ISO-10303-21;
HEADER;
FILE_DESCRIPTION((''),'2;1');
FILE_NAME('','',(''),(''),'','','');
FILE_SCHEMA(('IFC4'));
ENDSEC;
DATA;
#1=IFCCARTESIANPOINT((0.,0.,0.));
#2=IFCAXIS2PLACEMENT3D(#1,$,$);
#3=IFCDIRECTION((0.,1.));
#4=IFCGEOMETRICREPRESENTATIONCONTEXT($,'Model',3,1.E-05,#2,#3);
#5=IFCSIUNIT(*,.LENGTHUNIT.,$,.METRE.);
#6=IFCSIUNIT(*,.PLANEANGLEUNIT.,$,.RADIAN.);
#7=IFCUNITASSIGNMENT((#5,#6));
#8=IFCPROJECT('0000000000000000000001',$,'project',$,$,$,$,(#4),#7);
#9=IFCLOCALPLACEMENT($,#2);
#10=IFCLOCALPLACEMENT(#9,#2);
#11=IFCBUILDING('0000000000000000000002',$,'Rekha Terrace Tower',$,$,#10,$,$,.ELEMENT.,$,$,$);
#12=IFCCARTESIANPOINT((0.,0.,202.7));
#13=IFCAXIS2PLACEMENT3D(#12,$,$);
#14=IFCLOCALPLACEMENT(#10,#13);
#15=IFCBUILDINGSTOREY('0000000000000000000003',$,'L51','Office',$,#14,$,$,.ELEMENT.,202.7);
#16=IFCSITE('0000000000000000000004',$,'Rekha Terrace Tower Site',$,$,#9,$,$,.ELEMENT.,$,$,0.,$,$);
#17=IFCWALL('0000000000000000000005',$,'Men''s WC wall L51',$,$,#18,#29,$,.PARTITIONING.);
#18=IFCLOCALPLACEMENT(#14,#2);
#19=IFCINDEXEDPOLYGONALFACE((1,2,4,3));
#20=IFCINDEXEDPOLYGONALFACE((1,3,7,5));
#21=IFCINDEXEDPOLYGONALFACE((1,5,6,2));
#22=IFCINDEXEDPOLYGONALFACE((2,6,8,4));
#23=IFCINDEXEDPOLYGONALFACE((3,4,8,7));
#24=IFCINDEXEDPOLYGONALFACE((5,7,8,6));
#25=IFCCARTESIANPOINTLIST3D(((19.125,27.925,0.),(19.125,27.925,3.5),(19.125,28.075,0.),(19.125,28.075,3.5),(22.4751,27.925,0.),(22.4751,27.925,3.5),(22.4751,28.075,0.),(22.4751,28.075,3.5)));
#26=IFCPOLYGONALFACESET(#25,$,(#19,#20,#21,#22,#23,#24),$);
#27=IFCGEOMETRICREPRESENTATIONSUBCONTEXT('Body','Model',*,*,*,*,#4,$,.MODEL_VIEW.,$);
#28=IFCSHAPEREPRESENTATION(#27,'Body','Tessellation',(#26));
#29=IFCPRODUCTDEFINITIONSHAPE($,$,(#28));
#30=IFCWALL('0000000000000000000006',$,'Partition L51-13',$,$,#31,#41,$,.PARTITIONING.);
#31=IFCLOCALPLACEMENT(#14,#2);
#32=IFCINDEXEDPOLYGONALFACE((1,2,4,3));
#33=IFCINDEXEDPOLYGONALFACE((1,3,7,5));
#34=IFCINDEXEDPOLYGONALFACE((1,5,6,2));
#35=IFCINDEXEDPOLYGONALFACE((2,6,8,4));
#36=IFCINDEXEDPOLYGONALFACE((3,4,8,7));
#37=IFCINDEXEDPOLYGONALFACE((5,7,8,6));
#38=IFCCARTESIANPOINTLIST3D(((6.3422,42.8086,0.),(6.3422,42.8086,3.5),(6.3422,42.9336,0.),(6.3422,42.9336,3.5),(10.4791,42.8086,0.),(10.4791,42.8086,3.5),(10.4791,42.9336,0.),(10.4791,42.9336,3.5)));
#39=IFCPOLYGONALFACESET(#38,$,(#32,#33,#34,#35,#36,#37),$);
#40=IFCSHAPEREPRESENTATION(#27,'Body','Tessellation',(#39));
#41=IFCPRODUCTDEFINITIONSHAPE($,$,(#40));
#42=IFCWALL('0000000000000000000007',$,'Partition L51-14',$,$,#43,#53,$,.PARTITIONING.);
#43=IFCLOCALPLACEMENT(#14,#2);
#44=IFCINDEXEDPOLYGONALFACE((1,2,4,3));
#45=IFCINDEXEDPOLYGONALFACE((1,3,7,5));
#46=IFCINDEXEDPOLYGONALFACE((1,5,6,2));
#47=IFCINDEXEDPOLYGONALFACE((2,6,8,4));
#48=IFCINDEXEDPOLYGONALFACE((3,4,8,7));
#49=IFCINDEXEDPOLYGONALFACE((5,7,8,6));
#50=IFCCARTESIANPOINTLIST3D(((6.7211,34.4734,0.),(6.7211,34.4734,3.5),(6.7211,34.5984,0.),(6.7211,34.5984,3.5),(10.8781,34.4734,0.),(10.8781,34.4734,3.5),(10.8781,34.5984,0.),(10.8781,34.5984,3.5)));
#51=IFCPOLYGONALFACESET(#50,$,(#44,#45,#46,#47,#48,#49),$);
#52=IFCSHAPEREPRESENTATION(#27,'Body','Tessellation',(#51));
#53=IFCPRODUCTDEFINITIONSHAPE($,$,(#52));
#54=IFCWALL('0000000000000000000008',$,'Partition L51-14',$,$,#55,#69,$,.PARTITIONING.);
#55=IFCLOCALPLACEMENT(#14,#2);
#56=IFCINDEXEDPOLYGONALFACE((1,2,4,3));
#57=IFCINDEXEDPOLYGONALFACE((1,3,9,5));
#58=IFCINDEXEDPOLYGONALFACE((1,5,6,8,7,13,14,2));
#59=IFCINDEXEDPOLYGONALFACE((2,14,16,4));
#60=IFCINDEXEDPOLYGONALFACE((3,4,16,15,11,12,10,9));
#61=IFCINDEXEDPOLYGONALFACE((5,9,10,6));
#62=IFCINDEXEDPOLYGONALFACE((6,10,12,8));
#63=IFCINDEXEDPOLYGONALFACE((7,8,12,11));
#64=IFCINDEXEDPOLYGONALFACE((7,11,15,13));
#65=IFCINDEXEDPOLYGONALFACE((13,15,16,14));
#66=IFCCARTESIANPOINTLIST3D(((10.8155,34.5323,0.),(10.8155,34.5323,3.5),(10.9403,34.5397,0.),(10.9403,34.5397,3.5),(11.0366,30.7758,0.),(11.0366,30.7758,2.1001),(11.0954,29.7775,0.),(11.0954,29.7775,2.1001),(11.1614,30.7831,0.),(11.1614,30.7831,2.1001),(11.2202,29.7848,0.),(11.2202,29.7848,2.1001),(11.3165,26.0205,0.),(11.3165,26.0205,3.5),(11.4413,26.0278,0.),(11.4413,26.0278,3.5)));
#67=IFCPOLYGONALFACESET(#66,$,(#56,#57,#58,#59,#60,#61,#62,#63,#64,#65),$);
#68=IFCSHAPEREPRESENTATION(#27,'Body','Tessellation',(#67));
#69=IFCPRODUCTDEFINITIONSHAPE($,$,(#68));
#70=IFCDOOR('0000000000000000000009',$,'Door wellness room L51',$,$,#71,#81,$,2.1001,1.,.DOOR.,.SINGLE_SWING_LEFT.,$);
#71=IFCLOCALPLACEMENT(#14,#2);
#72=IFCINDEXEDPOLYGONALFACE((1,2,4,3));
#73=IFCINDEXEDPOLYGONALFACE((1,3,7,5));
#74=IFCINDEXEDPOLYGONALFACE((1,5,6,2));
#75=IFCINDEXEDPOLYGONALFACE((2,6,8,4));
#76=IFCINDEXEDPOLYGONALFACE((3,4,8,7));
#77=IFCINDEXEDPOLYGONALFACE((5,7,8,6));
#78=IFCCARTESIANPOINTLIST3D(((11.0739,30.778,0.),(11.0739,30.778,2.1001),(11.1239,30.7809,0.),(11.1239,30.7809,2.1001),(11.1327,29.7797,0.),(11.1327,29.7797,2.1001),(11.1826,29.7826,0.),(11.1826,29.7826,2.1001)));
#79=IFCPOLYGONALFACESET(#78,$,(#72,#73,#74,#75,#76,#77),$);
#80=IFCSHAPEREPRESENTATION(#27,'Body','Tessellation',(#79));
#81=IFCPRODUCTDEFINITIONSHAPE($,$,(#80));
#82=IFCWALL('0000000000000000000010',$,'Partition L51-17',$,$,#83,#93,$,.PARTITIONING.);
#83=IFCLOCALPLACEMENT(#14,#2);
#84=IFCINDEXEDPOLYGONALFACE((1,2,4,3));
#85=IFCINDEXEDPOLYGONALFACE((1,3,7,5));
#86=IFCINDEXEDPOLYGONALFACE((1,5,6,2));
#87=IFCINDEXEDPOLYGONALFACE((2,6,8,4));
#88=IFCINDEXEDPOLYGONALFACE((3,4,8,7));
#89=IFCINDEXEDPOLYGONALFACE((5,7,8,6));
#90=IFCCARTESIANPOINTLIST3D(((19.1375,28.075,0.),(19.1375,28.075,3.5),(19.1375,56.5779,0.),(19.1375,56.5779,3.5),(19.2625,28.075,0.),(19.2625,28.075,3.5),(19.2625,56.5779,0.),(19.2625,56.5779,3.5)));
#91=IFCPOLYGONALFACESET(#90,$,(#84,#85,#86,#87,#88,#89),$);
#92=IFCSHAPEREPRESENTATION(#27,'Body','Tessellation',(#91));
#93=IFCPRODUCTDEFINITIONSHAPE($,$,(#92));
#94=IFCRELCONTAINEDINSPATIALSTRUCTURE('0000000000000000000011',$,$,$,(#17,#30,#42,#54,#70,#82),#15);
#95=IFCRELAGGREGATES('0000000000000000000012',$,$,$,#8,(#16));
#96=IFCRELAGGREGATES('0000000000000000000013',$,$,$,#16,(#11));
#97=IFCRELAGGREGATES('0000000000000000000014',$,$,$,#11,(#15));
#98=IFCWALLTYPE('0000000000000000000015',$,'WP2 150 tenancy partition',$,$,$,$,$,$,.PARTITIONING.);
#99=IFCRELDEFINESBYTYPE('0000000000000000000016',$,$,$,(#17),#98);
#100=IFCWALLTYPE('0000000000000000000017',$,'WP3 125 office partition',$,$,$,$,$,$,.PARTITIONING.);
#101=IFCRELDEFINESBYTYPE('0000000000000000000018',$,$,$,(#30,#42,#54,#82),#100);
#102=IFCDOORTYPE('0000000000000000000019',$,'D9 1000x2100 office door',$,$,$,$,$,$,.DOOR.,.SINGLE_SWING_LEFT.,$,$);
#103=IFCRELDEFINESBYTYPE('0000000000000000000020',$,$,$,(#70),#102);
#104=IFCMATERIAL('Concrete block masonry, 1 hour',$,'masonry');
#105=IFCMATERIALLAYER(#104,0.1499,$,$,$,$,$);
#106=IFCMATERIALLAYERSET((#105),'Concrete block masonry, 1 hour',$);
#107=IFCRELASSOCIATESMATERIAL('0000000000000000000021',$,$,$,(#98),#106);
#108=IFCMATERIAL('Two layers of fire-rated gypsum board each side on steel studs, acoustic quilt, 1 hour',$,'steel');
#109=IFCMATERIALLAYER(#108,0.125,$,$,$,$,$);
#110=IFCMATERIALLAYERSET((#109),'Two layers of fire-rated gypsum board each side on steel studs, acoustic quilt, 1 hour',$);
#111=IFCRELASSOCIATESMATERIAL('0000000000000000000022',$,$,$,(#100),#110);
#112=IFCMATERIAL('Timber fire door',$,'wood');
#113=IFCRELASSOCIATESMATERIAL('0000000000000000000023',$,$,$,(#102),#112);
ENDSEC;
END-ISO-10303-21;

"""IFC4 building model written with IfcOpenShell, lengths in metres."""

from ifc_helpers import new_model, si_unit, direction, frame, frame_2d, origin, place, context, subcontext, project, spatial, rectangle, extrude, material, layer, layer_set, type_object, element, fill, save


model = new_model("IFC4")

# Units and contexts
model_context = context("Model", 3, precision=1e-05, world=origin(), true_north=direction((0.0, 1.0)))
body_context = subcontext(model_context, "Body", "Model", "MODEL_VIEW")
ifc_project = project(units=[si_unit("LENGTHUNIT", "METRE"), si_unit("PLANEANGLEUNIT", "RADIAN")], contexts=[model_context])

# Site, building, storey
site_placement = place(None, origin())
site = spatial("IfcSite", under=ifc_project, at=site_placement, Name="Rekha Terrace Tower Site", CompositionType="ELEMENT", RefElevation=0.0)
building_placement = place(site_placement, origin())
building = spatial("IfcBuilding", under=site, at=building_placement, Name="Rekha Terrace Tower", CompositionType="ELEMENT")
storey_placement = place(building_placement, frame((0.0, 0.0, 202.7)))
storey = spatial("IfcBuildingStorey", under=building, at=storey_placement, Name="L51", Description="Office", CompositionType="ELEMENT", Elevation=202.7)

# Walls
ifc_material_1 = material(Name="Concrete block masonry, 1 hour", Category="masonry")
ifc_layer_1 = layer(ifc_material_1, 0.1499)
ifc_layer_set_1 = layer_set([ifc_layer_1], Name="Concrete block masonry, 1 hour")
wall_type_1 = type_object("IfcWallType", Name="WP2 150 tenancy partition", PredefinedType="PARTITIONING", material=ifc_layer_set_1)
wall_1_placement = place(storey_placement, frame((19.125, 28.0, 0.0), z_axis=(0.0, 0.0, 1.0), x_axis=(1.0, 0.0, 0.0)))
element("IfcWall", 1, at=wall_1_placement, inside=storey, type_object=wall_type_1, Name="Men's WC wall L51", PredefinedType="PARTITIONING", context=body_context, shape_type="SweptSolid", body=[
    extrude(rectangle(XDim=3.3501, YDim=0.1499, at=frame_2d((1.675, 0.0))), origin(), (0.0, 0.0, 1.0), 3.5),
])
ifc_material_2 = material(Name="Two layers of fire-rated gypsum board each side on steel studs, acoustic quilt, 1 hour", Category="steel")
ifc_layer_2 = layer(ifc_material_2, 0.125)
ifc_layer_set_2 = layer_set([ifc_layer_2], Name="Two layers of fire-rated gypsum board each side on steel studs, acoustic quilt, 1 hour")
wall_type_2 = type_object("IfcWallType", Name="WP3 125 office partition", PredefinedType="PARTITIONING", material=ifc_layer_set_2)
wall_2_placement = place(storey_placement, frame((10.479, 42.8711, 0.0), z_axis=(0.0, 0.0, 1.0), x_axis=(-1.0, 0.0, 0.0)))
element("IfcWall", 2, at=wall_2_placement, inside=storey, type_object=wall_type_2, Name="Partition L51-13", PredefinedType="PARTITIONING", context=body_context, shape_type="SweptSolid", body=[
    extrude(rectangle(XDim=4.137, YDim=0.125, at=frame_2d((2.0684, 0.0))), origin(), (0.0, 0.0, 1.0), 3.5),
])
wall_3_placement = place(storey_placement, frame((6.7209, 34.5359, 0.0), z_axis=(0.0, 0.0, 1.0), x_axis=(1.0, 0.0, 0.0)))
element("IfcWall", 3, at=wall_3_placement, inside=storey, type_object=wall_type_2, Name="Partition L51-14", PredefinedType="PARTITIONING", context=body_context, shape_type="SweptSolid", body=[
    extrude(rectangle(XDim=4.157, YDim=0.125, at=frame_2d((2.0786, 0.0))), origin(), (0.0, 0.0, 1.0), 3.5),
])

# Wall, opening, door
wall_4_placement = place(storey_placement, frame((10.8779, 34.5359, 0.0), z_axis=(0.0, 0.0, 1.0), x_axis=(0.058754, -0.998272, 0.0)))
wall_4 = element("IfcWall", 4, at=wall_4_placement, inside=storey, type_object=wall_type_2, Name="Partition L51-14", PredefinedType="PARTITIONING", context=body_context, shape_type="SweptSolid", body=[
    extrude(rectangle(XDim=8.5266, YDim=0.125, at=frame_2d((4.2632, 0.0))), origin(), (0.0, 0.0, 1.0), 3.5),
])
opening_1_placement = place(wall_4_placement, frame((3.7629, 0.0, 0.0)))
opening_1 = element("IfcOpeningElement", 5, at=opening_1_placement, cuts=wall_4, PredefinedType="OPENING", context=body_context, shape_type="SweptSolid", body=[
    extrude(rectangle(XDim=1.0, YDim=2.1001, at=frame_2d((0.5, 1.05))), frame((0.0, 0.0725, 0.0), z_axis=(0.0, -1.0, 0.0), x_axis=(1.0, 0.0, 0.0)), (0.0, 0.0, 1.0), 0.145),
])
ifc_material_3 = material(Name="Timber fire door", Category="wood")
door_type_1 = type_object("IfcDoorType", Name="D9 1000x2100 office door", OperationType="SINGLE_SWING_LEFT", PredefinedType="DOOR", material=ifc_material_3)
door_1_placement = place(opening_1_placement, origin())
door_1 = element("IfcDoor", 6, at=door_1_placement, inside=storey, type_object=door_type_1, Name="Door wellness room L51", OperationType="SINGLE_SWING_LEFT", OverallHeight=2.1001, OverallWidth=1.0, PredefinedType="DOOR", context=body_context, shape_type="SweptSolid", body=[
    extrude(rectangle(XDim=1.0, YDim=2.1001, at=frame_2d((0.5, 1.05))), frame((0.0, 0.0249, 0.0), z_axis=(0.0, -1.0, 0.0), x_axis=(1.0, 0.0, 0.0)), (0.0, 0.0, 1.0), 0.05),
])
fill(opening_1, door_1)

# Wall
wall_5_placement = place(storey_placement, frame((19.2, 28.075, 0.0), z_axis=(0.0, 0.0, 1.0), x_axis=(0.0, 1.0, 0.0)))
element("IfcWall", 7, at=wall_5_placement, inside=storey, type_object=wall_type_2, Name="Partition L51-17", PredefinedType="PARTITIONING", context=body_context, shape_type="SweptSolid", body=[
    extrude(rectangle(XDim=28.5029, YDim=0.125, at=frame_2d((14.2515, 0.0))), origin(), (0.0, 0.0, 1.0), 3.5),
])

save(model, "model.ifc")
